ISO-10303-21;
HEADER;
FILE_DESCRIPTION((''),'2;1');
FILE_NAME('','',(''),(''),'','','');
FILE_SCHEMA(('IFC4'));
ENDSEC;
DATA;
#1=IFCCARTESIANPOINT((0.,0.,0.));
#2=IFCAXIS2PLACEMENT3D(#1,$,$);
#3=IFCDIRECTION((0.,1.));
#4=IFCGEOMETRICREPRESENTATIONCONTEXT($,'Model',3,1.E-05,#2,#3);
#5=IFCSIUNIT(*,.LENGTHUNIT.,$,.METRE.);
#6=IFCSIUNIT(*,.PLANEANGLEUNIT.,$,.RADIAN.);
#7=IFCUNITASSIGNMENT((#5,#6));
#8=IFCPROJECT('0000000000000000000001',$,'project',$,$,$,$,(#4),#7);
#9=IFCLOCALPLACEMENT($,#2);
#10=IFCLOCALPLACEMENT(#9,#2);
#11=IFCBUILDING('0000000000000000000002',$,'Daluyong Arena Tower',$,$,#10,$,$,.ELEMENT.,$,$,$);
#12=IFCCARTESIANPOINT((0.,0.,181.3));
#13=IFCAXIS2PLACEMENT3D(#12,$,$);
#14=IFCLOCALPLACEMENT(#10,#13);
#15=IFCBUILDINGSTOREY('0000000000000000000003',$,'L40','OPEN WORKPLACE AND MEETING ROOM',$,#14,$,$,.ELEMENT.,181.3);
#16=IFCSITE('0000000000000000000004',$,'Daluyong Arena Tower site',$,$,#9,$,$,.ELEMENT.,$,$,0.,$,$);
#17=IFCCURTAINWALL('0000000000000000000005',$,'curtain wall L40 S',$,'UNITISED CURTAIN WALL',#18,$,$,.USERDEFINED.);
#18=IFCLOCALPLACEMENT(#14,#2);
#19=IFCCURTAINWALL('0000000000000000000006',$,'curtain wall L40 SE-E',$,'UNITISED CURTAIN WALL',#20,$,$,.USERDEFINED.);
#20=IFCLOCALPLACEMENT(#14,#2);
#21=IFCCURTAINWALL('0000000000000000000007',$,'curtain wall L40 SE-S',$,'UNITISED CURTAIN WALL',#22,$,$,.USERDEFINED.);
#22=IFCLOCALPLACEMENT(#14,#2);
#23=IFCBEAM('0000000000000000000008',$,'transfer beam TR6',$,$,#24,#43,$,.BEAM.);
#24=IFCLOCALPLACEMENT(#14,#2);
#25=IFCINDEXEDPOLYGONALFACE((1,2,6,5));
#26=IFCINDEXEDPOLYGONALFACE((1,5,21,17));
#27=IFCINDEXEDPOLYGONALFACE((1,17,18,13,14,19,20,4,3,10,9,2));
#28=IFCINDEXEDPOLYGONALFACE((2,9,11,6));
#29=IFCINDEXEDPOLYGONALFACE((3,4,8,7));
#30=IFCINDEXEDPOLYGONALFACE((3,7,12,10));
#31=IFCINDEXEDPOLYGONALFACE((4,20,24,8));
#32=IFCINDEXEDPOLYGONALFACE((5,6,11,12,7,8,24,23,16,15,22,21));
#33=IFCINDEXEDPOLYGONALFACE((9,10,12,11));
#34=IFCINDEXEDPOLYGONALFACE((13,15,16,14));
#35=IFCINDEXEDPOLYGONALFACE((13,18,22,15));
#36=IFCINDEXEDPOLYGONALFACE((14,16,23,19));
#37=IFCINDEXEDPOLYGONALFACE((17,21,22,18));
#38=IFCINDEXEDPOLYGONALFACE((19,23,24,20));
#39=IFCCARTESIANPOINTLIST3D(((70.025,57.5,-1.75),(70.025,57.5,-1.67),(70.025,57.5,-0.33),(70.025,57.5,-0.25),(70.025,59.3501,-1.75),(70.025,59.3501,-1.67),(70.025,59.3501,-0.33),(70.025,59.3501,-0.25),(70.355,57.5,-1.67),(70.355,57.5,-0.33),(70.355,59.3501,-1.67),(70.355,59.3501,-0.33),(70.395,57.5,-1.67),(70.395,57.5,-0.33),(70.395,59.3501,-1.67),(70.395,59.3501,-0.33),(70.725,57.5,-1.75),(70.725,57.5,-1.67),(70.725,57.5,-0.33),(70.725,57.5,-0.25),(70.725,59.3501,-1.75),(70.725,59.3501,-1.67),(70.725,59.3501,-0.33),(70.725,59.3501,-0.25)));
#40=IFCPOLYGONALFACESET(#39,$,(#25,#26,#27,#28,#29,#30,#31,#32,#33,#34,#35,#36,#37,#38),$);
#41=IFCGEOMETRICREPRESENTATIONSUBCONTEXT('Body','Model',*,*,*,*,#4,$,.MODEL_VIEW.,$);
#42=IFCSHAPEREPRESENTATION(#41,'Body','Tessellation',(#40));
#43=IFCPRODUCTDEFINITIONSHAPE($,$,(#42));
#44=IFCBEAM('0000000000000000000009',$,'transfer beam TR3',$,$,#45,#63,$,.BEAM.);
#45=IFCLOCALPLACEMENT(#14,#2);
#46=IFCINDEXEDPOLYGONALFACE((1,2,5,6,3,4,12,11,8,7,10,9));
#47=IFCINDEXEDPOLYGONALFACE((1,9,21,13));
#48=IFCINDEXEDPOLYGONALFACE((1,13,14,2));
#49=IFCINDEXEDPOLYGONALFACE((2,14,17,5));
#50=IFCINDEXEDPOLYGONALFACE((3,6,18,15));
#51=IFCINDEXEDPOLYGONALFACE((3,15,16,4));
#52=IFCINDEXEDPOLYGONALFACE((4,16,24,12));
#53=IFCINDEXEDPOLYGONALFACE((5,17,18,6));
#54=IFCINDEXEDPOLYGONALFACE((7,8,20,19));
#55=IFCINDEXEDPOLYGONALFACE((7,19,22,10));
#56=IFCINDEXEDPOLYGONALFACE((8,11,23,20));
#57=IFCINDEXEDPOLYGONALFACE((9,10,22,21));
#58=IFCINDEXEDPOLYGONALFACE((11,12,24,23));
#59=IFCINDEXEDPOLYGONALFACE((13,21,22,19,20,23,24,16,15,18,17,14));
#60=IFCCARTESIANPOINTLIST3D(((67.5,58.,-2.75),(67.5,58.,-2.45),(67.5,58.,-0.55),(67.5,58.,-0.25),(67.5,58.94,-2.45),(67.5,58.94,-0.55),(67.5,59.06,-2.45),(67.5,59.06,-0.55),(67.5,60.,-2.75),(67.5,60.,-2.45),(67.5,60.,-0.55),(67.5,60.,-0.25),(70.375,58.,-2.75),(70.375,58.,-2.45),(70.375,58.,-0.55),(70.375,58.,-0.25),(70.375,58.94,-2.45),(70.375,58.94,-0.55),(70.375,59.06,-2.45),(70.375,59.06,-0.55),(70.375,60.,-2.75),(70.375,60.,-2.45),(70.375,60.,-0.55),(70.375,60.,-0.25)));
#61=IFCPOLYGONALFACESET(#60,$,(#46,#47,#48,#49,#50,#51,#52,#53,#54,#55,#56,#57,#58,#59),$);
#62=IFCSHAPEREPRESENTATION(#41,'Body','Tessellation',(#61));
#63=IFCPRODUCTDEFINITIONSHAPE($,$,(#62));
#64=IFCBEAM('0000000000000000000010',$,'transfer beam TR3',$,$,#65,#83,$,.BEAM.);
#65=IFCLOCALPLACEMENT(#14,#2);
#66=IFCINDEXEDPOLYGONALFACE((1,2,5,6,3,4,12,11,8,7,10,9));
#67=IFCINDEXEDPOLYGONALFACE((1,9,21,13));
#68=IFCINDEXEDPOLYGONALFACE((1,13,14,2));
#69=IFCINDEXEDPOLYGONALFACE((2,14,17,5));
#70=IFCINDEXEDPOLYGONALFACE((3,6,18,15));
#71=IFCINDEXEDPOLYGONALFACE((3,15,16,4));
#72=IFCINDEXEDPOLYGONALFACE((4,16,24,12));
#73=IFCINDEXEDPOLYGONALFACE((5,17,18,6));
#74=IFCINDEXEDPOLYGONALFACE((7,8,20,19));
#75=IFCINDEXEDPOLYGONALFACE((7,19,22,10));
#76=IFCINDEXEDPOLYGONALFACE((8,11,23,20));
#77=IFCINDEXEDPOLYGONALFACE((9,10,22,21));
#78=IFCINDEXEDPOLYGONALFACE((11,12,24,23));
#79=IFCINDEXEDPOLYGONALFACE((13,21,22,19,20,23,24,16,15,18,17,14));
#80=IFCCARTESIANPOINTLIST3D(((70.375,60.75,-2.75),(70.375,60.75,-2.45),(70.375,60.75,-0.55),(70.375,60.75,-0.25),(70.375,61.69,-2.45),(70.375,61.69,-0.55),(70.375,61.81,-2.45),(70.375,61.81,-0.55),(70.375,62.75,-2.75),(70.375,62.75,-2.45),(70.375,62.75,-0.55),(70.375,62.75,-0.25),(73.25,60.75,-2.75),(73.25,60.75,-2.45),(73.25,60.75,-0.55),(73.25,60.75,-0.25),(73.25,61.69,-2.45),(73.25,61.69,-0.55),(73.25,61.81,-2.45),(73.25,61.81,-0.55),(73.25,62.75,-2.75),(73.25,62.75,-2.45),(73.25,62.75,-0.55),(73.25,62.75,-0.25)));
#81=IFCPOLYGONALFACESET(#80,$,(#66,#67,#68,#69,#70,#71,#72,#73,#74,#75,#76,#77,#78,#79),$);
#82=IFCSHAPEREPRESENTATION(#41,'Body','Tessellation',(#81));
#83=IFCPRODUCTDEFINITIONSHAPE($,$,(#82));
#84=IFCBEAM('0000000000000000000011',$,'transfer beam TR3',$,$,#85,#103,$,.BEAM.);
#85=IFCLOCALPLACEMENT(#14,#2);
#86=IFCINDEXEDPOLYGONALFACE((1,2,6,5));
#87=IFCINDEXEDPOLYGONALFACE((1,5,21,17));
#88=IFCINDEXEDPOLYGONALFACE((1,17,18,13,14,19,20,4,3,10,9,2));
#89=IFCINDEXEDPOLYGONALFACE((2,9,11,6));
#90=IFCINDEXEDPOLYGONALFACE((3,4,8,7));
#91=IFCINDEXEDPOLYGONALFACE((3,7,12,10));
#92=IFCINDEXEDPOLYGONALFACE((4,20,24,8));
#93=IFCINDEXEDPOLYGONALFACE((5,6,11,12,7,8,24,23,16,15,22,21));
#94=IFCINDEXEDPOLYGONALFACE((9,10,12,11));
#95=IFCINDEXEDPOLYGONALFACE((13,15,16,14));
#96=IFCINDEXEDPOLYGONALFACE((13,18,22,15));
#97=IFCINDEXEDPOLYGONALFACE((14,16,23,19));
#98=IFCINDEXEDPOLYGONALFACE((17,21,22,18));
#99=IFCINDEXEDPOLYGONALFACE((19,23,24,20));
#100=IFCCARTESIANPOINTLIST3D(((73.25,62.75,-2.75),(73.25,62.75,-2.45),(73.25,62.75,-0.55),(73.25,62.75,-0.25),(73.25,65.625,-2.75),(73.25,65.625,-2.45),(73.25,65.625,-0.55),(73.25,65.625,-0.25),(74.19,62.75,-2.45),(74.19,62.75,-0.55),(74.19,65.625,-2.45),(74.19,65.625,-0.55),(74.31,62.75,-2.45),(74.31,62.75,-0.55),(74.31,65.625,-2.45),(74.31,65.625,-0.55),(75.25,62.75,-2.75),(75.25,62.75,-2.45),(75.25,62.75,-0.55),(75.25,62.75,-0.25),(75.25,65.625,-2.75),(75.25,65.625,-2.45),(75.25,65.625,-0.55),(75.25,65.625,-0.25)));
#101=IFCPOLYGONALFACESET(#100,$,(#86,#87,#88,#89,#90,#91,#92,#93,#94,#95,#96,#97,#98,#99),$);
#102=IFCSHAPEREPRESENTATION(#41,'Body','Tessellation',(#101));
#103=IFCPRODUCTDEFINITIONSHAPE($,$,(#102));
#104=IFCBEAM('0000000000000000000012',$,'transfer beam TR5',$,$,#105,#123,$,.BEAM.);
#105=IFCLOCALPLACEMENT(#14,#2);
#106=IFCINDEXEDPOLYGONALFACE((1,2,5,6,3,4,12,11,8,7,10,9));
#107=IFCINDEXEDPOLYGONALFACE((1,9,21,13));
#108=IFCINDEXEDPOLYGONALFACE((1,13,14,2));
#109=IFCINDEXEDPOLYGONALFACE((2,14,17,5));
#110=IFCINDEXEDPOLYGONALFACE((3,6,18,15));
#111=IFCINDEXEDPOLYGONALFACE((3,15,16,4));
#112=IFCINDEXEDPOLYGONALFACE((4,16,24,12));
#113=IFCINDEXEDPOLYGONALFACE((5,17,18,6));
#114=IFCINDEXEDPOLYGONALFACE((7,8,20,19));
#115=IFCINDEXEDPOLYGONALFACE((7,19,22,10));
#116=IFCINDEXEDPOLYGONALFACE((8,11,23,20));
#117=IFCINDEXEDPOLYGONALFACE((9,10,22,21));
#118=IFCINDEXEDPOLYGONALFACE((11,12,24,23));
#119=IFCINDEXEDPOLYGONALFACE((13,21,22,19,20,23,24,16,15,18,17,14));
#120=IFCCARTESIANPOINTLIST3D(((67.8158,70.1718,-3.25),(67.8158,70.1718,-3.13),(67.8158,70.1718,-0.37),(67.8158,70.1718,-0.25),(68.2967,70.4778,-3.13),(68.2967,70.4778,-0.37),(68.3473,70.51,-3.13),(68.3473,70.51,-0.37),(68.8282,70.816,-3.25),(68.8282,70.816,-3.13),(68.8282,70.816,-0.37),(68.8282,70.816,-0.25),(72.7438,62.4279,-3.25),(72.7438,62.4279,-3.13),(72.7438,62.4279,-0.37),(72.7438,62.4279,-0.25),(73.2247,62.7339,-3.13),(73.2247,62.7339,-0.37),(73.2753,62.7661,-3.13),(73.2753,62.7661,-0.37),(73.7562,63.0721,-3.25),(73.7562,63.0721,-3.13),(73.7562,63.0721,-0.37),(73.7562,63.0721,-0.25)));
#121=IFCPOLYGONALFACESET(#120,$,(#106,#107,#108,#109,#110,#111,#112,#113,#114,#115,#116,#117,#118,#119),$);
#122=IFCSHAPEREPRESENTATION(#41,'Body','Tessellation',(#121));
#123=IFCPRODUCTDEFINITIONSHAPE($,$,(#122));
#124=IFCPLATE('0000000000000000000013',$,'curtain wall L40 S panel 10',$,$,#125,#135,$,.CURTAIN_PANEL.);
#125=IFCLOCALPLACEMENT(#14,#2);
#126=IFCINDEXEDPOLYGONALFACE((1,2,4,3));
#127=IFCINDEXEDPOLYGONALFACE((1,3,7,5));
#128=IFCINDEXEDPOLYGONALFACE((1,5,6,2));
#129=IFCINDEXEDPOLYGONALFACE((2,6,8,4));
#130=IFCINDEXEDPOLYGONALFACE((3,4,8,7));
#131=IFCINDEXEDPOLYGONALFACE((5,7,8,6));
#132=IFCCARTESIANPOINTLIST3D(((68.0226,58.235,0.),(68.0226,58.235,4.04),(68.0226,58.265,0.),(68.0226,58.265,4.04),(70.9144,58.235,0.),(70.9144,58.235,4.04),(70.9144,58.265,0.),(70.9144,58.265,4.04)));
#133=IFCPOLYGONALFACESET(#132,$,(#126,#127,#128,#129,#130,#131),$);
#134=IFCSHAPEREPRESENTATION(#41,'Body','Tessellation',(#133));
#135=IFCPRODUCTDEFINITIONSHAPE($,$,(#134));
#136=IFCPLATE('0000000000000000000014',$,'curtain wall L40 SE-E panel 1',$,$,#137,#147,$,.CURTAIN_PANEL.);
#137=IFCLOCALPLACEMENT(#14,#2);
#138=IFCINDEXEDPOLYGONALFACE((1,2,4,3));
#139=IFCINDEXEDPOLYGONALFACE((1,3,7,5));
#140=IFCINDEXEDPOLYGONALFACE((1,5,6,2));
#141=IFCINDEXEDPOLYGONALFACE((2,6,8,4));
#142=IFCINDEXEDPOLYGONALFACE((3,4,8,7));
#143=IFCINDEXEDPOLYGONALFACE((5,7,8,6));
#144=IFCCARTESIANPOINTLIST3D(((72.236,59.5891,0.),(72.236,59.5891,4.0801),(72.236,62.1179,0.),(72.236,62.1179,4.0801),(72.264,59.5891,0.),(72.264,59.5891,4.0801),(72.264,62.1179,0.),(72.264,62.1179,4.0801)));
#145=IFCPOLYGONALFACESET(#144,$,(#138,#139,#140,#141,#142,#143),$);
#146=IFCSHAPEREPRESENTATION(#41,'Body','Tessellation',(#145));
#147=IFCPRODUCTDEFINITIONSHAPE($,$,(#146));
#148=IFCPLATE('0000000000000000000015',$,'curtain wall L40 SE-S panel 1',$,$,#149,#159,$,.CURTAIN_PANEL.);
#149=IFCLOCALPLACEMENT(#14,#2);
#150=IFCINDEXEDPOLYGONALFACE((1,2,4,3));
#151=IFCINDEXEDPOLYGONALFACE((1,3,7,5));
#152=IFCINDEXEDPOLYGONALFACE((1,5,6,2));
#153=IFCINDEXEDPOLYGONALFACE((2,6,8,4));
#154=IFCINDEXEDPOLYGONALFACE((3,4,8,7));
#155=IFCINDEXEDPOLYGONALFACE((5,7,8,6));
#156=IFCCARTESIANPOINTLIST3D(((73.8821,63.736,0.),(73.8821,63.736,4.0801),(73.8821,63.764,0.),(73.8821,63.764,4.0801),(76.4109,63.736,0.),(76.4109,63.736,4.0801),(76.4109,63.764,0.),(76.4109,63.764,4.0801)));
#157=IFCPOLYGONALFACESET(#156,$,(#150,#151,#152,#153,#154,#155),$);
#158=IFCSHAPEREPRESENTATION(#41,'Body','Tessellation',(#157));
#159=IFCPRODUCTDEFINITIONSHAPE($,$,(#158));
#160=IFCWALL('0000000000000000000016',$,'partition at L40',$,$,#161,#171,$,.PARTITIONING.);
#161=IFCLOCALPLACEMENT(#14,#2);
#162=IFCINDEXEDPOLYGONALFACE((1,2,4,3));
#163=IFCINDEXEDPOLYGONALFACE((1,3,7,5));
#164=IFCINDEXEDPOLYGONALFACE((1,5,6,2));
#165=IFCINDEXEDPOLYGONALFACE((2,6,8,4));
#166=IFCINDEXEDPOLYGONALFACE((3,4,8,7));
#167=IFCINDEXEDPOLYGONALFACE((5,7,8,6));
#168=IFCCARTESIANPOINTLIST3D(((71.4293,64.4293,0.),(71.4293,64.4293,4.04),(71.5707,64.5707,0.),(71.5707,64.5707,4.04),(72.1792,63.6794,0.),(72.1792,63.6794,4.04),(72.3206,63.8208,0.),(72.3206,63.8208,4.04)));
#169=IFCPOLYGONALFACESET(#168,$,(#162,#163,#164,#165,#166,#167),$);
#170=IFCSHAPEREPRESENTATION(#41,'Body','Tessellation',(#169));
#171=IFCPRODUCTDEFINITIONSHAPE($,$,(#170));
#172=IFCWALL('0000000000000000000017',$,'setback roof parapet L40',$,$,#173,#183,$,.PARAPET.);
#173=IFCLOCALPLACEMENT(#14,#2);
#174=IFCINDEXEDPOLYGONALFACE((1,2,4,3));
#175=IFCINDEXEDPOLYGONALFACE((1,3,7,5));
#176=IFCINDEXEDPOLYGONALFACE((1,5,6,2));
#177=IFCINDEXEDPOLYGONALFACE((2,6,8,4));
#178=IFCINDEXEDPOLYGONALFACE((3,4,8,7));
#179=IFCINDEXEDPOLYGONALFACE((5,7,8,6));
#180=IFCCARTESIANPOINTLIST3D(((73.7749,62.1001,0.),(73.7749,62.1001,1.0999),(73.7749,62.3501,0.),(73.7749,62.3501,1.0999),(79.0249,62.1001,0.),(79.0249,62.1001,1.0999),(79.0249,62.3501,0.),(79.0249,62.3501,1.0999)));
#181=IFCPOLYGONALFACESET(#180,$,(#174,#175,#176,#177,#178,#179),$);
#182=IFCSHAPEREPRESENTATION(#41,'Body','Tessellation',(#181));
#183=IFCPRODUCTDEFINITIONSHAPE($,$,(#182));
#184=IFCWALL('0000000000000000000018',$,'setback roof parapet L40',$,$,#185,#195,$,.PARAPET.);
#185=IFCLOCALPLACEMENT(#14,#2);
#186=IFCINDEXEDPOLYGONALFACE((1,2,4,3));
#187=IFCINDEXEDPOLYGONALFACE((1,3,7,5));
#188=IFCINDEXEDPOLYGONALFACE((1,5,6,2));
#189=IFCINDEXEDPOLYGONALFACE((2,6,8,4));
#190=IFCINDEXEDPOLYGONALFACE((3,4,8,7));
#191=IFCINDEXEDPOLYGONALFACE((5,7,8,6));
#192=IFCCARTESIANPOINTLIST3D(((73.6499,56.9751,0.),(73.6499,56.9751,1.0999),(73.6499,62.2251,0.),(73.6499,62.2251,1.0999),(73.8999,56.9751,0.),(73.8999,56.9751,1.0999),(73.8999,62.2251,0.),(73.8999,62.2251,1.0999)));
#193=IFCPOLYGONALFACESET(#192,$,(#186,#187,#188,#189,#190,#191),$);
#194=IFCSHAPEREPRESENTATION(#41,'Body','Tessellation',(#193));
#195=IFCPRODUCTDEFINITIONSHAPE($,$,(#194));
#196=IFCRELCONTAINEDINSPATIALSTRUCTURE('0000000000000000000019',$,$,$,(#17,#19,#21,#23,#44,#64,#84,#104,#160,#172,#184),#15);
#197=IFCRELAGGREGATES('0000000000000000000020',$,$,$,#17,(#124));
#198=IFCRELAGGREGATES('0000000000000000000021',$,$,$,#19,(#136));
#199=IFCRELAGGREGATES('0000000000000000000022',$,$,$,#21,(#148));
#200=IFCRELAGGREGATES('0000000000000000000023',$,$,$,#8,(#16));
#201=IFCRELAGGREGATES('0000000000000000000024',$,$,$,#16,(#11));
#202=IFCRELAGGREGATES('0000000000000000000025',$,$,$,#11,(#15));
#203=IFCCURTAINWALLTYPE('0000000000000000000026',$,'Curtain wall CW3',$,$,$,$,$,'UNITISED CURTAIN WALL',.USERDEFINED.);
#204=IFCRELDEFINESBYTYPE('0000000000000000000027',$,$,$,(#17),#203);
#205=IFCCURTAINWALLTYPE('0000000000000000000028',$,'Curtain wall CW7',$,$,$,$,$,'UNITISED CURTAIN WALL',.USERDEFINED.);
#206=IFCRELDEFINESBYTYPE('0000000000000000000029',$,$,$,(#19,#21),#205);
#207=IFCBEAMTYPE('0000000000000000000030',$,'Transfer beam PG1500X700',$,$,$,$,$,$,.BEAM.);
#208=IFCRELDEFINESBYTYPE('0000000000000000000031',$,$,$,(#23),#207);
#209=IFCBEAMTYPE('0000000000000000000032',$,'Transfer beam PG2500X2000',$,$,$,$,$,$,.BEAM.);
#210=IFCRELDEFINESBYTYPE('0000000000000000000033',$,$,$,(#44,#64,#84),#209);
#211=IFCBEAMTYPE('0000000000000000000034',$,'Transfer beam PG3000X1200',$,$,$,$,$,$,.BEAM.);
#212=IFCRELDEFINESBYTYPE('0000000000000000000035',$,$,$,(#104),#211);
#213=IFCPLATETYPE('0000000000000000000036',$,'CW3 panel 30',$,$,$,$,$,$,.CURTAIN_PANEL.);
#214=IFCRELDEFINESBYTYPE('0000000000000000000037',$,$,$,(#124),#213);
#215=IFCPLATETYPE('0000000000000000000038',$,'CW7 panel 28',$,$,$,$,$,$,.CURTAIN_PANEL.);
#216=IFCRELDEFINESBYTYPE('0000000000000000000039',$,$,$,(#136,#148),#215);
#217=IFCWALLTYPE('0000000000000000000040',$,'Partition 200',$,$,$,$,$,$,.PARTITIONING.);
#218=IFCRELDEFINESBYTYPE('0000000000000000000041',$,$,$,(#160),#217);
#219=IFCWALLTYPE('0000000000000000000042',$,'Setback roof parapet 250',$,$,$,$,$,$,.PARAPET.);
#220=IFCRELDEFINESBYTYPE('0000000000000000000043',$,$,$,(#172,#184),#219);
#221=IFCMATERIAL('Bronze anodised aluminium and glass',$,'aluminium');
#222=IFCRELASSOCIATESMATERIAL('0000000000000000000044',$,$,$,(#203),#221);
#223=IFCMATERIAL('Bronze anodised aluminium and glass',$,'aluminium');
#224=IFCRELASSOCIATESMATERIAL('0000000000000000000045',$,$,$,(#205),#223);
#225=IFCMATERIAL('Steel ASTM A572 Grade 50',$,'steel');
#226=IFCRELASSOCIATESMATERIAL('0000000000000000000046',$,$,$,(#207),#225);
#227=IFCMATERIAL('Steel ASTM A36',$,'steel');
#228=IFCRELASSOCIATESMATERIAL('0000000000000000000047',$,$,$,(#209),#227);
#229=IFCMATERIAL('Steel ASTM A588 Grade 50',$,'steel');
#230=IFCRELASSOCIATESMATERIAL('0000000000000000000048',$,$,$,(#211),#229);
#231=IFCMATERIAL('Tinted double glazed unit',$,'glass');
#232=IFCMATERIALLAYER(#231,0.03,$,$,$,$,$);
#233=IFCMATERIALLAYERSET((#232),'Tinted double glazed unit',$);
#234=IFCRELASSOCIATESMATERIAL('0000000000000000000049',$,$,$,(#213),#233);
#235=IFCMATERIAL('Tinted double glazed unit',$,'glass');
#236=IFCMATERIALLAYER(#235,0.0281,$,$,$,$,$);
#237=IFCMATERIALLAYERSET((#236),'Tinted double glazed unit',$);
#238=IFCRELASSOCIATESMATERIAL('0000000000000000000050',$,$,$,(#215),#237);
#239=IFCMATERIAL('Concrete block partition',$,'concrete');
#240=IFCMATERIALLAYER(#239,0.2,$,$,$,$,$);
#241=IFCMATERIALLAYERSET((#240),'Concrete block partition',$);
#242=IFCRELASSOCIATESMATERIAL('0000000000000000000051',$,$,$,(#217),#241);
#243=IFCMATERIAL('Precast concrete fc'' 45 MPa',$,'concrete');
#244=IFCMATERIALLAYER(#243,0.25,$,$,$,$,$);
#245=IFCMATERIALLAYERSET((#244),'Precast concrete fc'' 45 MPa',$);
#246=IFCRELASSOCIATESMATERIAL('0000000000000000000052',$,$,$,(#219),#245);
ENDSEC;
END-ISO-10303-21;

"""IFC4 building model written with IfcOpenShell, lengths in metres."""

from ifc_helpers import new_model, si_unit, direction, frame, frame_2d, origin, origin_2d, place, context, subcontext, project, spatial, rectangle, i_section, extrude, material, layer, layer_set, material_profile, profile_set, type_object, element, aggregate, save


model = new_model("IFC4")

# Units and contexts
model_context = context("Model", 3, precision=1e-05, world=origin(), true_north=direction((0.0, 1.0)))
body_context = subcontext(model_context, "Body", "Model", "MODEL_VIEW")
ifc_project = project(units=[si_unit("LENGTHUNIT", "METRE"), si_unit("PLANEANGLEUNIT", "RADIAN")], contexts=[model_context])

# Site, building, storey
site_placement = place(None, origin())
site = spatial("IfcSite", under=ifc_project, at=site_placement, Name="Daluyong Arena Tower site", CompositionType="ELEMENT", RefElevation=0.0)
building_placement = place(site_placement, origin())
building = spatial("IfcBuilding", under=site, at=building_placement, Name="Daluyong Arena Tower", CompositionType="ELEMENT")
storey_placement = place(building_placement, frame((0.0, 0.0, 181.3)))
storey = spatial("IfcBuildingStorey", under=building, at=storey_placement, Name="L40", Description="OPEN WORKPLACE AND MEETING ROOM", CompositionType="ELEMENT", Elevation=181.3)

# Curtain walls
ifc_material_1 = material(Name="Bronze anodised aluminium and glass", Category="aluminium")
curtain_wall_type_1 = type_object("IfcCurtainWallType", Name="Curtain wall CW3", ElementType="UNITISED CURTAIN WALL", PredefinedType="USERDEFINED", material=ifc_material_1)
curtain_wall_1_placement = place(storey_placement, origin())
curtain_wall_1 = element("IfcCurtainWall", 1, at=curtain_wall_1_placement, inside=storey, type_object=curtain_wall_type_1, Name="curtain wall L40 S", ObjectType="UNITISED CURTAIN WALL", PredefinedType="USERDEFINED")
ifc_material_2 = material(Name="Bronze anodised aluminium and glass", Category="aluminium")
curtain_wall_type_2 = type_object("IfcCurtainWallType", Name="Curtain wall CW7", ElementType="UNITISED CURTAIN WALL", PredefinedType="USERDEFINED", material=ifc_material_2)
curtain_wall_2_placement = place(storey_placement, origin())
curtain_wall_2 = element("IfcCurtainWall", 2, at=curtain_wall_2_placement, inside=storey, type_object=curtain_wall_type_2, Name="curtain wall L40 SE-E", ObjectType="UNITISED CURTAIN WALL", PredefinedType="USERDEFINED")
curtain_wall_3_placement = place(storey_placement, origin())
curtain_wall_3 = element("IfcCurtainWall", 3, at=curtain_wall_3_placement, inside=storey, type_object=curtain_wall_type_2, Name="curtain wall L40 SE-S", ObjectType="UNITISED CURTAIN WALL", PredefinedType="USERDEFINED")

# Beams
ifc_material_3 = material(Name="Steel ASTM A572 Grade 50", Category="steel")
ifc_material_profile_1 = material_profile(ifc_material_3, i_section(OverallWidth=0.7, OverallDepth=1.5, WebThickness=0.04, FlangeThickness=0.08, at=origin_2d()))
ifc_profile_set_1 = profile_set([ifc_material_profile_1], Name="Steel ASTM A572 Grade 50")
beam_type_1 = type_object("IfcBeamType", Name="Transfer beam PG1500X700", PredefinedType="BEAM", material=ifc_profile_set_1)
beam_1_placement = place(storey_placement, frame((70.375, 57.5, -1.0), z_axis=(0.0, 1.0, 0.0), x_axis=(-1.0, 0.0, 0.0)))
element("IfcBeam", 4, at=beam_1_placement, inside=storey, type_object=beam_type_1, Name="transfer beam TR6", PredefinedType="BEAM", context=body_context, shape_type="SweptSolid", body=[
    extrude(i_section(OverallWidth=0.7, OverallDepth=1.5, WebThickness=0.04, FlangeThickness=0.08, at=origin_2d()), origin(), (0.0, 0.0, 1.0), 1.8501),
])
ifc_material_4 = material(Name="Steel ASTM A36", Category="steel")
ifc_material_profile_2 = material_profile(ifc_material_4, i_section(OverallWidth=2.0, OverallDepth=2.5, WebThickness=0.12, FlangeThickness=0.3, at=origin_2d()))
ifc_profile_set_2 = profile_set([ifc_material_profile_2], Name="Steel ASTM A36")
beam_type_2 = type_object("IfcBeamType", Name="Transfer beam PG2500X2000", PredefinedType="BEAM", material=ifc_profile_set_2)
for number, where, z_axis, x_axis, name in (
    (5, (67.5, 59.0, -1.5), (1.0, 0.0, 0.0), (0.0, 1.0, 0.0), "transfer beam TR3"),
    (6, (70.375, 61.75, -1.5), (1.0, 0.0, 0.0), (0.0, 1.0, 0.0), "transfer beam TR3"),
    (7, (74.25, 62.75, -1.5), (0.0, 1.0, 0.0), (-1.0, 0.0, 0.0), "transfer beam TR3"),
):
    element("IfcBeam", number, at=place(storey_placement, frame(where, z_axis=z_axis, x_axis=x_axis)), inside=storey, type_object=beam_type_2, Name=name, PredefinedType="BEAM", context=body_context, shape_type="SweptSolid", body=[
        extrude(i_section(OverallWidth=2.0, OverallDepth=2.5, WebThickness=0.12, FlangeThickness=0.3, at=origin_2d()), origin(), (0.0, 0.0, 1.0), 2.875),
    ])
ifc_material_5 = material(Name="Steel ASTM A588 Grade 50", Category="steel")
ifc_material_profile_3 = material_profile(ifc_material_5, i_section(OverallWidth=1.2, OverallDepth=3.0, WebThickness=0.06, FlangeThickness=0.12, at=origin_2d()))
ifc_profile_set_3 = profile_set([ifc_material_profile_3], Name="Steel ASTM A588 Grade 50")
beam_type_3 = type_object("IfcBeamType", Name="Transfer beam PG3000X1200", PredefinedType="BEAM", material=ifc_profile_set_3)
beam_2_placement = place(storey_placement, frame((73.25, 62.75, -1.75), z_axis=(-0.536879, 0.843659, 0.0), x_axis=(-0.843659, -0.536879, 0.0)))
element("IfcBeam", 8, at=beam_2_placement, inside=storey, type_object=beam_type_3, Name="transfer beam TR5", PredefinedType="BEAM", context=body_context, shape_type="SweptSolid", body=[
    extrude(i_section(OverallWidth=1.2, OverallDepth=3.0, WebThickness=0.06, FlangeThickness=0.12, at=origin_2d()), origin(), (0.0, 0.0, 1.0), 9.179),
])

# Plates
ifc_material_6 = material(Name="Tinted double glazed unit", Category="glass")
ifc_layer_1 = layer(ifc_material_6, 0.03)
ifc_layer_set_1 = layer_set([ifc_layer_1], Name="Tinted double glazed unit")
plate_type_1 = type_object("IfcPlateType", Name="CW3 panel 30", PredefinedType="CURTAIN_PANEL", material=ifc_layer_set_1)
plate_1_placement = place(storey_placement, frame((69.4685, 58.25, 0.0), z_axis=(0.0, 0.0, 1.0), x_axis=(1.0, 0.0, 0.0)))
plate_1 = element("IfcPlate", 9, at=plate_1_placement, type_object=plate_type_1, Name="curtain wall L40 S panel 10", PredefinedType="CURTAIN_PANEL", context=body_context, shape_type="SweptSolid", body=[
    extrude(rectangle(XDim=2.8918, YDim=0.03, at=origin_2d()), origin(), (0.0, 0.0, 1.0), 4.04),
])
aggregate(curtain_wall_1, [plate_1])
ifc_material_7 = material(Name="Tinted double glazed unit", Category="glass")
ifc_layer_2 = layer(ifc_material_7, 0.0281)
ifc_layer_set_2 = layer_set([ifc_layer_2], Name="Tinted double glazed unit")
plate_type_2 = type_object("IfcPlateType", Name="CW7 panel 28", PredefinedType="CURTAIN_PANEL", material=ifc_layer_set_2)
plate_2_placement = place(storey_placement, frame((72.25, 60.8535, 0.0), z_axis=(0.0, 0.0, 1.0), x_axis=(0.0, 1.0, 0.0)))
plate_2 = element("IfcPlate", 10, at=plate_2_placement, type_object=plate_type_2, Name="curtain wall L40 SE-E panel 1", PredefinedType="CURTAIN_PANEL", context=body_context, shape_type="SweptSolid", body=[
    extrude(rectangle(XDim=2.5288, YDim=0.0281, at=origin_2d()), origin(), (0.0, 0.0, 1.0), 4.0801),
])
aggregate(curtain_wall_2, [plate_2])
plate_3_placement = place(storey_placement, frame((75.1465, 63.75, 0.0), z_axis=(0.0, 0.0, 1.0), x_axis=(1.0, 0.0, 0.0)))
plate_3 = element("IfcPlate", 11, at=plate_3_placement, type_object=plate_type_2, Name="curtain wall L40 SE-S panel 1", PredefinedType="CURTAIN_PANEL", context=body_context, shape_type="SweptSolid", body=[
    extrude(rectangle(XDim=2.5288, YDim=0.0281, at=origin_2d()), origin(), (0.0, 0.0, 1.0), 4.0801),
])
aggregate(curtain_wall_3, [plate_3])

# Walls
ifc_material_8 = material(Name="Concrete block partition", Category="concrete")
ifc_layer_3 = layer(ifc_material_8, 0.2)
ifc_layer_set_3 = layer_set([ifc_layer_3], Name="Concrete block partition")
wall_type_1 = type_object("IfcWallType", Name="Partition 200", PredefinedType="PARTITIONING", material=ifc_layer_set_3)
wall_1_placement = place(storey_placement, frame((71.5, 64.5, 0.0), z_axis=(0.0, 0.0, 1.0), x_axis=(0.707107, -0.707107, 0.0)))
element("IfcWall", 12, at=wall_1_placement, inside=storey, type_object=wall_type_1, Name="partition at L40", PredefinedType="PARTITIONING", context=body_context, shape_type="SweptSolid", body=[
    extrude(rectangle(XDim=1.0605, YDim=0.2, at=frame_2d((0.5303, 0.0))), origin(), (0.0, 0.0, 1.0), 4.04),
])
ifc_material_9 = material(Name="Precast concrete fc' 45 MPa", Category="concrete")
ifc_layer_4 = layer(ifc_material_9, 0.25)
ifc_layer_set_4 = layer_set([ifc_layer_4], Name="Precast concrete fc' 45 MPa")
wall_type_2 = type_object("IfcWallType", Name="Setback roof parapet 250", PredefinedType="PARAPET", material=ifc_layer_set_4)
for number, where, z_axis, x_axis, name in (
    (13, (79.0249, 62.2251, 0.0), (0.0, 0.0, 1.0), (-1.0, 0.0, 0.0), "setback roof parapet L40"),
    (14, (73.7749, 62.2251, 0.0), (0.0, 0.0, 1.0), (0.0, -1.0, 0.0), "setback roof parapet L40"),
):
    element("IfcWall", number, at=place(storey_placement, frame(where, z_axis=z_axis, x_axis=x_axis)), inside=storey, type_object=wall_type_2, Name=name, PredefinedType="PARAPET", context=body_context, shape_type="SweptSolid", body=[
        extrude(rectangle(XDim=5.25, YDim=0.25, at=frame_2d((2.625, 0.0))), origin(), (0.0, 0.0, 1.0), 1.0999),
    ])

save(model, "model.ifc")
